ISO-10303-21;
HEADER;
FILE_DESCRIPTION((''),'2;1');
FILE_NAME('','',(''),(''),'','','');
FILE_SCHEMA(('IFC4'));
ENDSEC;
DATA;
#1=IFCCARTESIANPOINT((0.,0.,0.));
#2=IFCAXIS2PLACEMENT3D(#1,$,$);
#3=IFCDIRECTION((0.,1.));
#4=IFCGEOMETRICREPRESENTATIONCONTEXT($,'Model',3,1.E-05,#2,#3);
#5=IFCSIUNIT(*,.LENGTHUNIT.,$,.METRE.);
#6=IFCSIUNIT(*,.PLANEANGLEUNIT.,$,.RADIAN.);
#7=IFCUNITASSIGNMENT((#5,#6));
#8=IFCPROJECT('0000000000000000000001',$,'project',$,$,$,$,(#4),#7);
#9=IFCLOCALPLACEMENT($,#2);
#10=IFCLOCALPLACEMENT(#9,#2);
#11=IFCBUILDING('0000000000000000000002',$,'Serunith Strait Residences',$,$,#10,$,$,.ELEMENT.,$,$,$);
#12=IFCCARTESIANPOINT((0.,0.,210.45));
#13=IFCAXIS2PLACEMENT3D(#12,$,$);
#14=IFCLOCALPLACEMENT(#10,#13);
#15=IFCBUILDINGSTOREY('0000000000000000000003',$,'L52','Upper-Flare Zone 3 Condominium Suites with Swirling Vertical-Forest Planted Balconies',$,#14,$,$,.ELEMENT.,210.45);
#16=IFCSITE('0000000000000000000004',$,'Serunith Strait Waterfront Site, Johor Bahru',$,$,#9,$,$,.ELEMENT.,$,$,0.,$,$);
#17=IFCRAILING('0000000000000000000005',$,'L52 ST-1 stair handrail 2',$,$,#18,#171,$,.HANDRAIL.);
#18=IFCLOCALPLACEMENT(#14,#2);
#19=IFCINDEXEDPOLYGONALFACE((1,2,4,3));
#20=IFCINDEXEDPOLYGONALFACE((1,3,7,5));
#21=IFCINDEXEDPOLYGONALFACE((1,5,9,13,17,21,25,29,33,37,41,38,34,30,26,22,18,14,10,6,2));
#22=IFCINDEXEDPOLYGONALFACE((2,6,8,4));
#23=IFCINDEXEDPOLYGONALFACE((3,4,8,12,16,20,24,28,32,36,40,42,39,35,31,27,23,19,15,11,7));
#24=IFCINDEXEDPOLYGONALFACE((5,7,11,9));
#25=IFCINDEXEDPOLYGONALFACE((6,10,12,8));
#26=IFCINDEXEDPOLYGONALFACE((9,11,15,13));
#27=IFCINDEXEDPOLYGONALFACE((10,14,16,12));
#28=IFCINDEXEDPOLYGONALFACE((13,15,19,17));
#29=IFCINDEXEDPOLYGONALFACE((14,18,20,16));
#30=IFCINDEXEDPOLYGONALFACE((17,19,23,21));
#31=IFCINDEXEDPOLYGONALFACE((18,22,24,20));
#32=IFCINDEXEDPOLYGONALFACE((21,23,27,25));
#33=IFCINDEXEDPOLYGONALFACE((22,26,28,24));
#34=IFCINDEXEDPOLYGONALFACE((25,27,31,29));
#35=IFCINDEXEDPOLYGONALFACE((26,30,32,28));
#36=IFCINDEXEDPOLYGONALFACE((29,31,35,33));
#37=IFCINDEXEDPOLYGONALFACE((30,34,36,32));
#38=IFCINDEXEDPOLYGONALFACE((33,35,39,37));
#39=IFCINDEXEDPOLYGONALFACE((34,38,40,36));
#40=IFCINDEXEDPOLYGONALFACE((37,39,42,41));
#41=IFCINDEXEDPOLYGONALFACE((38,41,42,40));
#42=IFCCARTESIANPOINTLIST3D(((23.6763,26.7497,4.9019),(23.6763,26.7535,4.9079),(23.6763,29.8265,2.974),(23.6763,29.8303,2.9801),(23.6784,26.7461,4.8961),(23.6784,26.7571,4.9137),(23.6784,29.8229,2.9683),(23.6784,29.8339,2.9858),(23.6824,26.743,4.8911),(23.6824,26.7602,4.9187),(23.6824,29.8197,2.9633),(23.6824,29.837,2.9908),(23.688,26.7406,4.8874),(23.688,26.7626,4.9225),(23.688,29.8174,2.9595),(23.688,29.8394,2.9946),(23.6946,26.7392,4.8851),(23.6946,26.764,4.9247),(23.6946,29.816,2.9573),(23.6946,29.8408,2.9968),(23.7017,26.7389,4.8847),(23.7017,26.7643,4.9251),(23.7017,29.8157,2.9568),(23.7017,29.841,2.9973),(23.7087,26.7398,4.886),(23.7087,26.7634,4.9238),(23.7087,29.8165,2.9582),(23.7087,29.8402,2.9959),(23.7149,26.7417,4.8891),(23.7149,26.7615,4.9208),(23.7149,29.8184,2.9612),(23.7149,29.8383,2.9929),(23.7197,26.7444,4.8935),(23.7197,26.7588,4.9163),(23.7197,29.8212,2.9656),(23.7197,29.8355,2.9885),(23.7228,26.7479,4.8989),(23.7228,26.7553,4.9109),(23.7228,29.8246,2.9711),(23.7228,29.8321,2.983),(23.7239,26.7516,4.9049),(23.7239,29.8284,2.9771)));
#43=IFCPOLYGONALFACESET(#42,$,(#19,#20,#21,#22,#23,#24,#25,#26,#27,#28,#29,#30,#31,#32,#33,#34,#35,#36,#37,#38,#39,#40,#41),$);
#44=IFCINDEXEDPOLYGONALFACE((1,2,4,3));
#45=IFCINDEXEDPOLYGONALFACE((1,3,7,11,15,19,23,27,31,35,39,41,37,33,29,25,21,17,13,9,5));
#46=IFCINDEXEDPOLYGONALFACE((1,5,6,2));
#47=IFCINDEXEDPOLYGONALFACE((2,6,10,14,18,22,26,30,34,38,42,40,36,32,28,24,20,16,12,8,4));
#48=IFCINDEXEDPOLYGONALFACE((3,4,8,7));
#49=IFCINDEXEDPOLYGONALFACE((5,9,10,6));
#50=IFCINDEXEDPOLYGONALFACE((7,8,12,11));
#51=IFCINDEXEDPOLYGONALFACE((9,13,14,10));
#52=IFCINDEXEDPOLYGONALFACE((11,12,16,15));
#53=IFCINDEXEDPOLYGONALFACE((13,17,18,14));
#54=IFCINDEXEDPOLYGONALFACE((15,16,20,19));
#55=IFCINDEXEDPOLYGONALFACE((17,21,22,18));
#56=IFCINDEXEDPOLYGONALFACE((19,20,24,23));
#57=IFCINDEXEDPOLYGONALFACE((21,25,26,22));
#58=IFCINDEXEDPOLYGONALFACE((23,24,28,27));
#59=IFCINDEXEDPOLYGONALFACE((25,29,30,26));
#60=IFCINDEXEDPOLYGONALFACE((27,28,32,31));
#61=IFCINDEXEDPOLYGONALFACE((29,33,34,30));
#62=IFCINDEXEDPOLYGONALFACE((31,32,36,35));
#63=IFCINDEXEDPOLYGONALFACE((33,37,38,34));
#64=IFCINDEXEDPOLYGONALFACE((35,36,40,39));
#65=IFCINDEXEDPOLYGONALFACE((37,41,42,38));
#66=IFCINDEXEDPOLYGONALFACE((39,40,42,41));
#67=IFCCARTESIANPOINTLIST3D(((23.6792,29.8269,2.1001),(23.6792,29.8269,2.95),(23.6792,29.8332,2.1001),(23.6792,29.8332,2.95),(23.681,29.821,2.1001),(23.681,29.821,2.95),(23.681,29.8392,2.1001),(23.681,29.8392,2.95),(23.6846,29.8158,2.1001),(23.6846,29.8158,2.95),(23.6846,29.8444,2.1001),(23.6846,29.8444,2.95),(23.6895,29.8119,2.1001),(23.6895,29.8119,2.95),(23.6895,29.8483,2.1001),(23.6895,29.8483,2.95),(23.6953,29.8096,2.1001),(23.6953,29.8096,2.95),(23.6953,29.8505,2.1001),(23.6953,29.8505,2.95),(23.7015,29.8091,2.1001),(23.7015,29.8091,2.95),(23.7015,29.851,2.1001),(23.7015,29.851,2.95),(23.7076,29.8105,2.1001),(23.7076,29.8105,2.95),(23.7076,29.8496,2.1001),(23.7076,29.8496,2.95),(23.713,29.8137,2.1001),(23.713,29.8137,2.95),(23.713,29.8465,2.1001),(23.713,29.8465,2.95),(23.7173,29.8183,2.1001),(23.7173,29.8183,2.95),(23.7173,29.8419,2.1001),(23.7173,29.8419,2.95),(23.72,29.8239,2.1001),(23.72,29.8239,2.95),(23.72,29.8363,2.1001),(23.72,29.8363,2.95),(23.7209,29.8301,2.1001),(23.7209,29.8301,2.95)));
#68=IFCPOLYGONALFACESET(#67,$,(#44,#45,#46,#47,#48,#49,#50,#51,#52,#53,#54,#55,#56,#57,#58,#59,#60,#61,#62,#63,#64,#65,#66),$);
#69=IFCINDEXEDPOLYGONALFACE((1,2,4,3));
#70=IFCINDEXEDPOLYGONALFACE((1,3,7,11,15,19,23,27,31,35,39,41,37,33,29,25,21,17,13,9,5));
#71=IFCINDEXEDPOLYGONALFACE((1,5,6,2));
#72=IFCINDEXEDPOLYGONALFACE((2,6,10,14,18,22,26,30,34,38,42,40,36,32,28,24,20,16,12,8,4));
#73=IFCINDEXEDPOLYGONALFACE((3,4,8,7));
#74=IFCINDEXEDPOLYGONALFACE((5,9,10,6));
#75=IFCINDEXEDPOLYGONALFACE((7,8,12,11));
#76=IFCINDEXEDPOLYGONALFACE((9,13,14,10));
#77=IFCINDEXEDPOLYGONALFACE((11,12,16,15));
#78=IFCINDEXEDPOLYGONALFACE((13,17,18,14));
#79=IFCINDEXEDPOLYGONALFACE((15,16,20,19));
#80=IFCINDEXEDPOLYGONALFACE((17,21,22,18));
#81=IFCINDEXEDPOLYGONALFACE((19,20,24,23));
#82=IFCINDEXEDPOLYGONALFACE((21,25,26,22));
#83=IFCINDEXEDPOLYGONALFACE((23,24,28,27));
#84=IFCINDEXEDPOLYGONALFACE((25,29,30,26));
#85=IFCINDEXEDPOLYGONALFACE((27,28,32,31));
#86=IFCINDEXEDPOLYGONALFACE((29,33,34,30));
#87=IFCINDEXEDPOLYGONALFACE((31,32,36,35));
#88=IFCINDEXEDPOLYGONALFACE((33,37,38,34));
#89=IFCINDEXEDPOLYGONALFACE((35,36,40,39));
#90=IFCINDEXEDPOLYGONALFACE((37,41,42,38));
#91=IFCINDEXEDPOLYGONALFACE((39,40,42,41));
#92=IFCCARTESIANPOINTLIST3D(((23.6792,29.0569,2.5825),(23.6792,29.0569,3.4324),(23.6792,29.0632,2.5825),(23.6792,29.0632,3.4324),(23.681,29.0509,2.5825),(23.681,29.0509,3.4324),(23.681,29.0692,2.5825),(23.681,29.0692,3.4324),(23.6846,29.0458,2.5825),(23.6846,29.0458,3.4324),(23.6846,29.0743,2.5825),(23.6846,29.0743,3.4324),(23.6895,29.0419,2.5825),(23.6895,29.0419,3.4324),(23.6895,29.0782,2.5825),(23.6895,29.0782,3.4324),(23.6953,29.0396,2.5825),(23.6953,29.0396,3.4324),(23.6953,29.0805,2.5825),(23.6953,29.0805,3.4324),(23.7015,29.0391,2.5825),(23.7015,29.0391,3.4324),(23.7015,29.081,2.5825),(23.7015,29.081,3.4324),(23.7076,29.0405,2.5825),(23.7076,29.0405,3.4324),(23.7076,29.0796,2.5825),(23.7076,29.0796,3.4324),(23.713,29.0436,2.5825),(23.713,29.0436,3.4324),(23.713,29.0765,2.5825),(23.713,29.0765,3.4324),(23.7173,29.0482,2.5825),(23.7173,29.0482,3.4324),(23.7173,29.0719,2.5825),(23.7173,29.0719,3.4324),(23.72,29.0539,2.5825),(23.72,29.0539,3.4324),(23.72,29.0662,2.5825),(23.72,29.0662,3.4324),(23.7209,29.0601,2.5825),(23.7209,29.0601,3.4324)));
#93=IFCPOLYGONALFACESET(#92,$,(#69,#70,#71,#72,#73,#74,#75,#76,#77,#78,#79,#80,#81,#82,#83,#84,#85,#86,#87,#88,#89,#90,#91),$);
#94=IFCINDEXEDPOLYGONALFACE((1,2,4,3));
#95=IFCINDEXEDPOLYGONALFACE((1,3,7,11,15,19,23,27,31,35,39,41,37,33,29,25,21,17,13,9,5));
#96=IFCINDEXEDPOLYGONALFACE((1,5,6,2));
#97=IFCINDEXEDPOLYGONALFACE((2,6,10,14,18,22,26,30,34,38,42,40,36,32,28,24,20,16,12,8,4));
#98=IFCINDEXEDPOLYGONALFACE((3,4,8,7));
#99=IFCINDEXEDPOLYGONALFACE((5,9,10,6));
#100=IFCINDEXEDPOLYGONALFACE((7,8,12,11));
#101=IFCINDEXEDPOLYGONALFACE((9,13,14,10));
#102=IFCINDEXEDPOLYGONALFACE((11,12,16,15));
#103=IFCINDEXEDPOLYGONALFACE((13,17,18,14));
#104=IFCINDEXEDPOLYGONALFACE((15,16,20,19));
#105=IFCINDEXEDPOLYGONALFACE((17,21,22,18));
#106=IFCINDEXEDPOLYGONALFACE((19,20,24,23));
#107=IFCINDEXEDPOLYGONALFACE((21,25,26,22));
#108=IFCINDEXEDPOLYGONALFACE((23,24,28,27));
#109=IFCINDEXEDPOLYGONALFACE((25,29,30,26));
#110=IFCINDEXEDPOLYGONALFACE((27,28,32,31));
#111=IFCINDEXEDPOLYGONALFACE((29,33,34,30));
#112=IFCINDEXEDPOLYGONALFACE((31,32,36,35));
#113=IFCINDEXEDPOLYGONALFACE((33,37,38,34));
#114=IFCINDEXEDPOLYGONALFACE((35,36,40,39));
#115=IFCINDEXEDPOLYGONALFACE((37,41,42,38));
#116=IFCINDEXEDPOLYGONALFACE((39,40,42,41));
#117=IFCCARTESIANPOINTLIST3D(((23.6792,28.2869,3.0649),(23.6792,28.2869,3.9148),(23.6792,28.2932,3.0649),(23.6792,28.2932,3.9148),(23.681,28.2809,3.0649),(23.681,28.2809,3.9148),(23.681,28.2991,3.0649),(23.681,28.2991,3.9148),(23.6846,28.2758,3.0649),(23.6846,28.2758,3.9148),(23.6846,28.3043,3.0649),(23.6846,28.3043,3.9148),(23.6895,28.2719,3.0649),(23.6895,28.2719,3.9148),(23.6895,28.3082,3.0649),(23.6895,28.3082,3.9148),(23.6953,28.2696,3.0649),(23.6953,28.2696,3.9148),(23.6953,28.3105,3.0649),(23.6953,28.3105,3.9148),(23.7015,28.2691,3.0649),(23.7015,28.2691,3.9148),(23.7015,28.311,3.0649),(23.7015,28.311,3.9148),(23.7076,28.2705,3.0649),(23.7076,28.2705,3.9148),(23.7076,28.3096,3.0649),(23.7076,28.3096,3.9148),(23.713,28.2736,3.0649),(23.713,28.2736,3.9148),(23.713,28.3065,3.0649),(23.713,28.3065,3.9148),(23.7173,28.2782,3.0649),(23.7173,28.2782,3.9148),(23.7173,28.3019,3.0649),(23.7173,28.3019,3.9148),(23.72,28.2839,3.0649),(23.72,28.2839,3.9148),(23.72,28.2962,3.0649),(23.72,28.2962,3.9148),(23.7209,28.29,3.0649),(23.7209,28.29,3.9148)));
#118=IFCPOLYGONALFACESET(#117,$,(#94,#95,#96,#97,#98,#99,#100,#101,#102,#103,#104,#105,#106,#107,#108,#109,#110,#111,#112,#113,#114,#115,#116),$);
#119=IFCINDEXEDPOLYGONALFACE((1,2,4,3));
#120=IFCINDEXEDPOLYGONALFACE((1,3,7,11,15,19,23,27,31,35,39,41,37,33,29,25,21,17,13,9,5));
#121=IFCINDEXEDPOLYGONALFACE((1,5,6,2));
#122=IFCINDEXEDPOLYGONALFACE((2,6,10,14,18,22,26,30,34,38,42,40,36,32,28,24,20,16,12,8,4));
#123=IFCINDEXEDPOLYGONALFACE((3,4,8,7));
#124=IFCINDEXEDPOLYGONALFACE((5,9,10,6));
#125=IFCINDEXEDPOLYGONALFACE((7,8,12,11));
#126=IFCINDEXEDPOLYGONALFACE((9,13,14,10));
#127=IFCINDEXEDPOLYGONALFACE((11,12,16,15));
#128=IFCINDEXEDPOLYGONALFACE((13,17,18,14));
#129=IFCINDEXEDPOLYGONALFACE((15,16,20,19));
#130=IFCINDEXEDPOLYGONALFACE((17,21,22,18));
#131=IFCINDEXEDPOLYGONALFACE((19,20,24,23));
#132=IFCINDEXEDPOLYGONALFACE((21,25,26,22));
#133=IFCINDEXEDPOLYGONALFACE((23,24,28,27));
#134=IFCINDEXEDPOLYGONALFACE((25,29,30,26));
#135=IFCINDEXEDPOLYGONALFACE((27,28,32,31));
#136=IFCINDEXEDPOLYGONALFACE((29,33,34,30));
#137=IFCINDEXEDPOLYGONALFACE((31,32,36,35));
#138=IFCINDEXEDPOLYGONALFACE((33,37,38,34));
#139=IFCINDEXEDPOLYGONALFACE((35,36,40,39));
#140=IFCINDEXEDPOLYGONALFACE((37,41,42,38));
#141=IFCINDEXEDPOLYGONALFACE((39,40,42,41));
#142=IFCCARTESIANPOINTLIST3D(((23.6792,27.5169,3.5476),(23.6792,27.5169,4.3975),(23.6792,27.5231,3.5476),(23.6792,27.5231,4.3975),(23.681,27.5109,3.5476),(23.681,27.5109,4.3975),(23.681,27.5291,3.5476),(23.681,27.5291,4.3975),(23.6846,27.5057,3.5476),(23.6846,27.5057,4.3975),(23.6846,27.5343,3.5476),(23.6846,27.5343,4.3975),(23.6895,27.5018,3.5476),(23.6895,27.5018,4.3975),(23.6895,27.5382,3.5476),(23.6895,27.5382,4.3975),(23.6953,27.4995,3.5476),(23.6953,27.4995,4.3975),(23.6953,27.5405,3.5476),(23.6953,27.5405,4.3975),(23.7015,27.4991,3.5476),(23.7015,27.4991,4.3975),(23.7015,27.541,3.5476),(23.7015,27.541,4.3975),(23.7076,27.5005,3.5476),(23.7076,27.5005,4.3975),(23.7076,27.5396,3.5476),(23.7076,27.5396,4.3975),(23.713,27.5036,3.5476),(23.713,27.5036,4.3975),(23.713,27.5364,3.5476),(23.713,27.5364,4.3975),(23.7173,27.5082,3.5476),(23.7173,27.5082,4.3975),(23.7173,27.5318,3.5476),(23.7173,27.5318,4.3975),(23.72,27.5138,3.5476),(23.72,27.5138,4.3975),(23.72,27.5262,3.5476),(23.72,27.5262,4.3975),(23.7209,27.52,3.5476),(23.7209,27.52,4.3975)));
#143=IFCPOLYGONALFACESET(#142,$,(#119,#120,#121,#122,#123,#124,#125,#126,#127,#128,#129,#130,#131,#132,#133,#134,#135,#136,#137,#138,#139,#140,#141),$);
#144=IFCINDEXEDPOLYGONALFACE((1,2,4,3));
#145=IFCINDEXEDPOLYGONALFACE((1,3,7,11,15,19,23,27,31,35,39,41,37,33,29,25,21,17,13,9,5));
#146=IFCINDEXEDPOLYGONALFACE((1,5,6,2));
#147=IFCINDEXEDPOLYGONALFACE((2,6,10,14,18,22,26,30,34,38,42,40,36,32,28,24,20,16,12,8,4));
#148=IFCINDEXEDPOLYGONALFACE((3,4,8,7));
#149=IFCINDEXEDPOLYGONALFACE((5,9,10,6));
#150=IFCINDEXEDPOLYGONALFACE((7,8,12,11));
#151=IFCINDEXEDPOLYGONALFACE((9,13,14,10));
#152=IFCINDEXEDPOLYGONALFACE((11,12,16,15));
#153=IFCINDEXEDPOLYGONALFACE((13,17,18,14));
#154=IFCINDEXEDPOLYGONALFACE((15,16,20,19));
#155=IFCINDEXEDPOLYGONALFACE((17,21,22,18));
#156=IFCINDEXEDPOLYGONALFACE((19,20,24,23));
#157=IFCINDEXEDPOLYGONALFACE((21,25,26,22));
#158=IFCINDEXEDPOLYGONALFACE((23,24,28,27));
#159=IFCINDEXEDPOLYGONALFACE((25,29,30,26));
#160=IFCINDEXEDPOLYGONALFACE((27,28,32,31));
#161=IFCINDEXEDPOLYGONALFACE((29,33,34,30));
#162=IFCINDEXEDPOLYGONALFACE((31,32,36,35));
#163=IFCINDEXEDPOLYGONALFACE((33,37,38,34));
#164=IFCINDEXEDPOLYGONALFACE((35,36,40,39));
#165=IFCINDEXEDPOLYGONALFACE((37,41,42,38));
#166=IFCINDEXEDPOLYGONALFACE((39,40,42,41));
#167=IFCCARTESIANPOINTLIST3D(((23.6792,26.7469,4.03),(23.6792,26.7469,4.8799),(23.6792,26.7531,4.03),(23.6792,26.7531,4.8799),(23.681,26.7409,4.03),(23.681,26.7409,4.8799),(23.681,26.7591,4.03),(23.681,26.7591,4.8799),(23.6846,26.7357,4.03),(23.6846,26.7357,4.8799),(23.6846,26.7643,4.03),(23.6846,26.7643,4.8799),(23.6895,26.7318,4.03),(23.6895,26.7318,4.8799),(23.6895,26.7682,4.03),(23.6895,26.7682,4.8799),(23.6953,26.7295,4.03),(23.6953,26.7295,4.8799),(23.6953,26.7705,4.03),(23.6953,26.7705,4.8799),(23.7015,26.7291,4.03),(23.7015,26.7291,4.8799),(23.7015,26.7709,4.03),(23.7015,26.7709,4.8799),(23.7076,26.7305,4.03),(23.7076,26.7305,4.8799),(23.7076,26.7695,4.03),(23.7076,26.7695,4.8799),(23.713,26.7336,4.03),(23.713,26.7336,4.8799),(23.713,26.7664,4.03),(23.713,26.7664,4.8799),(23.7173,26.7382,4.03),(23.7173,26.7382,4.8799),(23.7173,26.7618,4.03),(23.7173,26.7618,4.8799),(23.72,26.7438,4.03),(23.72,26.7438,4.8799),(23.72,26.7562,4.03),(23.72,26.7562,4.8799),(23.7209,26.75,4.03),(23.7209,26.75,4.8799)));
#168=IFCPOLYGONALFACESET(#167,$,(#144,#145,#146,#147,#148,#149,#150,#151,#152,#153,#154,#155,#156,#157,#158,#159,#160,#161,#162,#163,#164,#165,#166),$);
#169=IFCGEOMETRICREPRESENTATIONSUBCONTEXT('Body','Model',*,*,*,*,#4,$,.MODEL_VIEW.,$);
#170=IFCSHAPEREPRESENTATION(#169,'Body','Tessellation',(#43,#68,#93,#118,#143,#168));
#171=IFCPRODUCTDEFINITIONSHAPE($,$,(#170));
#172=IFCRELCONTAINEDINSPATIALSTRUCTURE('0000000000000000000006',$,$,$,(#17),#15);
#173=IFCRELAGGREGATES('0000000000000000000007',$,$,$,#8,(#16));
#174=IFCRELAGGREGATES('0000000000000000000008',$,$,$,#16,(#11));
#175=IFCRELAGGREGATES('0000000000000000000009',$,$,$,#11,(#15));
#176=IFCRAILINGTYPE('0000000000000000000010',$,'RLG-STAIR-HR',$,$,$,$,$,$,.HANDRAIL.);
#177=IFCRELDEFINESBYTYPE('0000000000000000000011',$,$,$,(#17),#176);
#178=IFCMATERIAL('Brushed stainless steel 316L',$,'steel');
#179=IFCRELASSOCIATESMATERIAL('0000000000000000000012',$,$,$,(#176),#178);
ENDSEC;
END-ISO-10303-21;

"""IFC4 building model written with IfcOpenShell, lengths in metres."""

from ifc_helpers import new_model, si_unit, direction, frame, origin, origin_2d, place, context, subcontext, project, spatial, circle, extrude, material, type_object, element, save


model = new_model("IFC4")

# Units and contexts
model_context = context("Model", 3, precision=1e-05, world=origin(), true_north=direction((0.0, 1.0)))
body_context = subcontext(model_context, "Body", "Model", "MODEL_VIEW")
ifc_project = project(units=[si_unit("LENGTHUNIT", "METRE"), si_unit("PLANEANGLEUNIT", "RADIAN")], contexts=[model_context])

# Site, building, storey
site_placement = place(None, origin())
site = spatial("IfcSite", under=ifc_project, at=site_placement, Name="Serunith Strait Waterfront Site, Johor Bahru", CompositionType="ELEMENT", RefElevation=0.0)
building_placement = place(site_placement, origin())
building = spatial("IfcBuilding", under=site, at=building_placement, Name="Serunith Strait Residences", CompositionType="ELEMENT")
storey_placement = place(building_placement, frame((0.0, 0.0, 210.45)))
storey = spatial("IfcBuildingStorey", under=building, at=storey_placement, Name="L52", Description="Upper-Flare Zone 3 Condominium Suites with Swirling Vertical-Forest Planted Balconies", CompositionType="ELEMENT", Elevation=210.45)

# Railing
ifc_material_1 = material(Name="Brushed stainless steel 316L", Category="steel")
railing_type_1 = type_object("IfcRailingType", Name="RLG-STAIR-HR", PredefinedType="HANDRAIL", material=ifc_material_1)
railing_1_placement = place(storey_placement, frame((23.7, 29.8301, 2.1001)))
element("IfcRailing", 1, at=railing_1_placement, inside=storey, type_object=railing_type_1, Name="L52 ST-1 stair handrail 2", PredefinedType="HANDRAIL", context=body_context, shape_type="SweptSolid", body=[
    extrude(circle(Radius=0.0239, at=origin_2d()), frame((0.0, -0.0017, 0.877), z_axis=(0.0, -0.847394, 0.530965), x_axis=(1.0, 0.0, 0.0)), (0.0, 0.0, 1.0), 3.6309),
    extrude(circle(Radius=0.021, at=origin_2d()), origin(), (0.0, 0.0, 1.0), 0.8499),
    extrude(circle(Radius=0.021, at=origin_2d()), frame((0.0, -0.77, 0.4824)), (0.0, 0.0, 1.0), 0.8499),
    extrude(circle(Radius=0.021, at=origin_2d()), frame((0.0, -1.54, 0.9648)), (0.0, 0.0, 1.0), 0.8499),
    extrude(circle(Radius=0.021, at=origin_2d()), frame((0.0, -2.3101, 1.4475)), (0.0, 0.0, 1.0), 0.8499),
    extrude(circle(Radius=0.021, at=origin_2d()), frame((0.0, -3.0801, 1.9299)), (0.0, 0.0, 1.0), 0.8499),
])

save(model, "model.ifc")
